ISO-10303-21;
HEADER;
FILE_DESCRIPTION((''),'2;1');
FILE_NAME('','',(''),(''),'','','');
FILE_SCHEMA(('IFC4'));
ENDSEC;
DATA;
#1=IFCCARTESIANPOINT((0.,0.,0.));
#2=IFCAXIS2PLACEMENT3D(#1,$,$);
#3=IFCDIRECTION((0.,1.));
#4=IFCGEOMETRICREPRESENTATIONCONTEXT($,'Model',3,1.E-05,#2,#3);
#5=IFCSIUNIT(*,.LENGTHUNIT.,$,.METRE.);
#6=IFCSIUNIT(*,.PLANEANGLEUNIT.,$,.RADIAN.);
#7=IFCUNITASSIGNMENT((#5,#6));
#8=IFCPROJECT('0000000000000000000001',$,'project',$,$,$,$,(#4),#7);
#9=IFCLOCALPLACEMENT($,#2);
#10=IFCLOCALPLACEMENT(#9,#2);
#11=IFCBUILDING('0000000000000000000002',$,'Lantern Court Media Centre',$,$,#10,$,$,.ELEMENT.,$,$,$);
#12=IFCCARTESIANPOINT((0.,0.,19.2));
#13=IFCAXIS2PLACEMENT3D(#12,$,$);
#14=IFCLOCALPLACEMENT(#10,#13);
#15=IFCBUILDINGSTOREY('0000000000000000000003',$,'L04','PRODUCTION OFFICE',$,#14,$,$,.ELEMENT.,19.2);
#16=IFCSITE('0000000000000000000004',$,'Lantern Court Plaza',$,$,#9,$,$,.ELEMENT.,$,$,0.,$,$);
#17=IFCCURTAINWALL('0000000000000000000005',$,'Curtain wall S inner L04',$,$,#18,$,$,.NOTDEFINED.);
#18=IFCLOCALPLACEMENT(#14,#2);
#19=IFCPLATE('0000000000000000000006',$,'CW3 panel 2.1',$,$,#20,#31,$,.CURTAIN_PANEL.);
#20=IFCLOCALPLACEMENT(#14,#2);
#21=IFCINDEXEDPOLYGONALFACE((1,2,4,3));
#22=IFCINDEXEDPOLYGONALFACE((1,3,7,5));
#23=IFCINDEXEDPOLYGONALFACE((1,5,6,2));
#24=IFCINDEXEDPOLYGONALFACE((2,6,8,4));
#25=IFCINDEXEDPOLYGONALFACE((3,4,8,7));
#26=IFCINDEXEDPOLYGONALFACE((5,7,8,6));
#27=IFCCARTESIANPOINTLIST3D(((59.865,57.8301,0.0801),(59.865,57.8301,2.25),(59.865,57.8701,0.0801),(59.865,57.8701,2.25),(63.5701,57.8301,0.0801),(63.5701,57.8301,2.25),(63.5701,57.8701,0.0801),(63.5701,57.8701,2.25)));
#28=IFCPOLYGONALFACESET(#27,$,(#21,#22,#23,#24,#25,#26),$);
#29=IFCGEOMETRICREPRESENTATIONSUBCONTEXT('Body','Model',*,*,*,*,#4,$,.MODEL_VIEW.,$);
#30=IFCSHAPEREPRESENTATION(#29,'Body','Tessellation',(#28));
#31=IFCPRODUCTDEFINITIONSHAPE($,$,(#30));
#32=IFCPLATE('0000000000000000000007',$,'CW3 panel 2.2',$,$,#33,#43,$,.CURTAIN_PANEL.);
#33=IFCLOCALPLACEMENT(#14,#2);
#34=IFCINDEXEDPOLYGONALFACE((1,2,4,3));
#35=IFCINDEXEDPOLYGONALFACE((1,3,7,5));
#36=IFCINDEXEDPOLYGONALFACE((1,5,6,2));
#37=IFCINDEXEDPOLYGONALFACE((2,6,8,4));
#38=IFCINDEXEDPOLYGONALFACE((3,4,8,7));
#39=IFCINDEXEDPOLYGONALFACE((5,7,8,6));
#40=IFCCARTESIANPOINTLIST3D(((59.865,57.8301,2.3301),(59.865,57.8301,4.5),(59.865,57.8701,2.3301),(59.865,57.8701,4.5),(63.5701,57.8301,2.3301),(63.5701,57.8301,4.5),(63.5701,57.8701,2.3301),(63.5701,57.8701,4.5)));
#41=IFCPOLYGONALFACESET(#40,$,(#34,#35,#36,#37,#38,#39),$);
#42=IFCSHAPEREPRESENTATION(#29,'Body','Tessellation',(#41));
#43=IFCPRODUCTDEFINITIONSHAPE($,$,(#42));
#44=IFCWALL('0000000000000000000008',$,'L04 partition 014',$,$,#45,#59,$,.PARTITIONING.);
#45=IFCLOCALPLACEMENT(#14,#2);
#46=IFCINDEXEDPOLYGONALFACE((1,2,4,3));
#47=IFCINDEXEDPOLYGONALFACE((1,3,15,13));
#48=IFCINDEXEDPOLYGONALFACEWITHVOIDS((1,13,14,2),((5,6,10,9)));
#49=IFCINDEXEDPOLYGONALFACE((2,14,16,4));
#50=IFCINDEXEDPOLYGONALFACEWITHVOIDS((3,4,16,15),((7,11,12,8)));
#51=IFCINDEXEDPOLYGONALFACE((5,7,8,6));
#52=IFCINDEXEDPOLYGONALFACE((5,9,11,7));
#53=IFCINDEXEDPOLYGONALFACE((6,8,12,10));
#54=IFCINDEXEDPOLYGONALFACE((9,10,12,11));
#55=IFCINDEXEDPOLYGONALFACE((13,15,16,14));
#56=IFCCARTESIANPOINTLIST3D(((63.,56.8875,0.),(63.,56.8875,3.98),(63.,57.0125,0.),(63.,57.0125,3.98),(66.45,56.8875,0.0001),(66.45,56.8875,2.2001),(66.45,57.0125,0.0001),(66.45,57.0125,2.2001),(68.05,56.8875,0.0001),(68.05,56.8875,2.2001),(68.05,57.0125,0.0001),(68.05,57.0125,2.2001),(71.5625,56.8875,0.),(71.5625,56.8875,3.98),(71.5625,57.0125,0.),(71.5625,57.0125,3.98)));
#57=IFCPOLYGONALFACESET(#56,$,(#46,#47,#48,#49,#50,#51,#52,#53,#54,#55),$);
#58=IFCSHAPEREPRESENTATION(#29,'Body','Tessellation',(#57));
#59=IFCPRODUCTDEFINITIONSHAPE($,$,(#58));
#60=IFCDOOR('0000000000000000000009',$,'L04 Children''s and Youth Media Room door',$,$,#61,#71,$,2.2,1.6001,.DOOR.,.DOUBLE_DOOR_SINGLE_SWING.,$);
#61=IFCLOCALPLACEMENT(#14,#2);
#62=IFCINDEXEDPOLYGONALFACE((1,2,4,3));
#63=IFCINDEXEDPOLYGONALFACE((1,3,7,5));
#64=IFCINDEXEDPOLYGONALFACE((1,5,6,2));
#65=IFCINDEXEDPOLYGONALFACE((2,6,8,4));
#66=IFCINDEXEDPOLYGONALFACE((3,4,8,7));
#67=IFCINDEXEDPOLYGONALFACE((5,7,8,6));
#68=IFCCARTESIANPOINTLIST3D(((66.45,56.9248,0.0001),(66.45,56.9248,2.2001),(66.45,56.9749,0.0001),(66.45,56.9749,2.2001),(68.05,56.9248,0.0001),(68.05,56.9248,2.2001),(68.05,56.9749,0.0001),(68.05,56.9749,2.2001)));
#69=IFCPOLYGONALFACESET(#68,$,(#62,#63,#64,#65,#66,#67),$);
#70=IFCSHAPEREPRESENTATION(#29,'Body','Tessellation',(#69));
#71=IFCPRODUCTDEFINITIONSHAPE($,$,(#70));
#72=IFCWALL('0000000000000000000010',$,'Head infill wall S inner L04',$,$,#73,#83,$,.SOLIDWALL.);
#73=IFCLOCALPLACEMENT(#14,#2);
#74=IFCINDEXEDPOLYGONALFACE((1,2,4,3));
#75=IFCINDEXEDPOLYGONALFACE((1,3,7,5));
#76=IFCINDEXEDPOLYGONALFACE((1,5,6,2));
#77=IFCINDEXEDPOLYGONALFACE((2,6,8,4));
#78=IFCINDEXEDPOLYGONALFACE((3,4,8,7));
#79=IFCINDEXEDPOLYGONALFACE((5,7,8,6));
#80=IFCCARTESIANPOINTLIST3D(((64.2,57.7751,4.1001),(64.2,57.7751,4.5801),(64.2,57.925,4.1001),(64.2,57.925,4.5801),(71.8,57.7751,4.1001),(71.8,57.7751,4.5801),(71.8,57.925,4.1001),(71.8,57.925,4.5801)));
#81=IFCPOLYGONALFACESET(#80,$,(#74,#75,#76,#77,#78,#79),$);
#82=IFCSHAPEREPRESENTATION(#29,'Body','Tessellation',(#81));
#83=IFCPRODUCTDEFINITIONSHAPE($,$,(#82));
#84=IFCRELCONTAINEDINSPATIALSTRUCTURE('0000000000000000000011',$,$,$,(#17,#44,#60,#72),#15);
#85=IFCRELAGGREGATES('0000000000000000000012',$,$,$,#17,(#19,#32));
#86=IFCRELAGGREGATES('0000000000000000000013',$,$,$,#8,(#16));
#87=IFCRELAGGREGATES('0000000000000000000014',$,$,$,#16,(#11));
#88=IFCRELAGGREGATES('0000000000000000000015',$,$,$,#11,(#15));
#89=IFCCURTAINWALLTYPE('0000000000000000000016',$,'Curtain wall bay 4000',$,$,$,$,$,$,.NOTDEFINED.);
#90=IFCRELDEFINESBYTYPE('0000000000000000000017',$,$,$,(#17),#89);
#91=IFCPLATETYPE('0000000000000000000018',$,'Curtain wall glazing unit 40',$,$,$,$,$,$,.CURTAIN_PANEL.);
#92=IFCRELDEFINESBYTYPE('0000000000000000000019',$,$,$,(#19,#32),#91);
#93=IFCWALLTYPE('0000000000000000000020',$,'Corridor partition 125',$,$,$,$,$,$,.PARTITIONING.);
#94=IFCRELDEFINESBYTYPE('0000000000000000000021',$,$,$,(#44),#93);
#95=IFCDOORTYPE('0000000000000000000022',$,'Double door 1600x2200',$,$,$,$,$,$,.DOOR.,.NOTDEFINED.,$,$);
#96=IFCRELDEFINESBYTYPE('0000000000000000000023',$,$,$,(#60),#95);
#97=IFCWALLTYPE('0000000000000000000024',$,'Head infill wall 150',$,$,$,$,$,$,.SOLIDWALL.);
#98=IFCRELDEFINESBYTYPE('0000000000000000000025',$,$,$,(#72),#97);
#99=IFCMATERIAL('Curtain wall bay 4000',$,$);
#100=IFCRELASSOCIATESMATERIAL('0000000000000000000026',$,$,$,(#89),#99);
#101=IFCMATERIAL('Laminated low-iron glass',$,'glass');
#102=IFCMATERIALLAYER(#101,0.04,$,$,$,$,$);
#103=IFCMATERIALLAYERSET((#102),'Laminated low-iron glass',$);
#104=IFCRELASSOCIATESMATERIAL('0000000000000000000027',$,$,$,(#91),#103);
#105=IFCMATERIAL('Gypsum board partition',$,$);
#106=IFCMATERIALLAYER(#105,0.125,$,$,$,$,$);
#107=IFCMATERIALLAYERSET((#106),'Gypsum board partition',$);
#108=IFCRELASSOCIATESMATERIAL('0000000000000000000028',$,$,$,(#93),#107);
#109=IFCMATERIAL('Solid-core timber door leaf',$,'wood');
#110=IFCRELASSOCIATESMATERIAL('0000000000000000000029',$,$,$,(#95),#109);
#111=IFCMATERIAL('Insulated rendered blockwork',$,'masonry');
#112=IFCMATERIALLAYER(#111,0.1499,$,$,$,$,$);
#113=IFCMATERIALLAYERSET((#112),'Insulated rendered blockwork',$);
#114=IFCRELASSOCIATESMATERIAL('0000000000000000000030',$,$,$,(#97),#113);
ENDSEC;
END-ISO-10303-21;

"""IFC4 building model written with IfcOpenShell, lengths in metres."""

from ifc_helpers import new_model, si_unit, direction, frame, frame_2d, origin, origin_2d, place, context, subcontext, project, spatial, rectangle, extrude, material, layer, layer_set, type_object, element, fill, aggregate, save


model = new_model("IFC4")

# Units and contexts
model_context = context("Model", 3, precision=1e-05, world=origin(), true_north=direction((0.0, 1.0)))
body_context = subcontext(model_context, "Body", "Model", "MODEL_VIEW")
ifc_project = project(units=[si_unit("LENGTHUNIT", "METRE"), si_unit("PLANEANGLEUNIT", "RADIAN")], contexts=[model_context])

# Site, building, storey
site_placement = place(None, origin())
site = spatial("IfcSite", under=ifc_project, at=site_placement, Name="Lantern Court Plaza", CompositionType="ELEMENT", RefElevation=0.0)
building_placement = place(site_placement, origin())
building = spatial("IfcBuilding", under=site, at=building_placement, Name="Lantern Court Media Centre", CompositionType="ELEMENT")
storey_placement = place(building_placement, frame((0.0, 0.0, 19.2)))
storey = spatial("IfcBuildingStorey", under=building, at=storey_placement, Name="L04", Description="PRODUCTION OFFICE", CompositionType="ELEMENT", Elevation=19.2)

# Curtain wall
ifc_material_1 = material(Name="Curtain wall bay 4000")
curtain_wall_type_1 = type_object("IfcCurtainWallType", Name="Curtain wall bay 4000", PredefinedType="NOTDEFINED", material=ifc_material_1)
curtain_wall_1_placement = place(storey_placement, origin())
curtain_wall_1 = element("IfcCurtainWall", 1, at=curtain_wall_1_placement, inside=storey, type_object=curtain_wall_type_1, Name="Curtain wall S inner L04", PredefinedType="NOTDEFINED")

# Plates
ifc_material_2 = material(Name="Laminated low-iron glass", Category="glass")
ifc_layer_1 = layer(ifc_material_2, 0.04)
ifc_layer_set_1 = layer_set([ifc_layer_1], Name="Laminated low-iron glass")
plate_type = type_object("IfcPlateType", Name="Curtain wall glazing unit 40", PredefinedType="CURTAIN_PANEL", material=ifc_layer_set_1)
plate_1_placement = place(storey_placement, frame((61.7175, 57.8501, 0.0801), z_axis=(0.0, 0.0, 1.0), x_axis=(1.0, 0.0, 0.0)))
plate_1 = element("IfcPlate", 2, at=plate_1_placement, type_object=plate_type, Name="CW3 panel 2.1", PredefinedType="CURTAIN_PANEL", context=body_context, shape_type="SweptSolid", body=[
    extrude(rectangle(XDim=3.7051, YDim=0.04, at=origin_2d()), origin(), (0.0, 0.0, 1.0), 2.1699),
])
plate_2_placement = place(storey_placement, frame((61.7175, 57.8501, 2.3301), z_axis=(0.0, 0.0, 1.0), x_axis=(1.0, 0.0, 0.0)))
plate_2 = element("IfcPlate", 3, at=plate_2_placement, type_object=plate_type, Name="CW3 panel 2.2", PredefinedType="CURTAIN_PANEL", context=body_context, shape_type="SweptSolid", body=[
    extrude(rectangle(XDim=3.7051, YDim=0.04, at=origin_2d()), origin(), (0.0, 0.0, 1.0), 2.1699),
])
aggregate(curtain_wall_1, [plate_1, plate_2])

# Wall, opening, door
ifc_material_3 = material(Name="Gypsum board partition")
ifc_layer_2 = layer(ifc_material_3, 0.125)
ifc_layer_set_2 = layer_set([ifc_layer_2], Name="Gypsum board partition")
wall_type_1 = type_object("IfcWallType", Name="Corridor partition 125", PredefinedType="PARTITIONING", material=ifc_layer_set_2)
wall_1_placement = place(storey_placement, frame((63.0, 56.95, 0.0), z_axis=(0.0, 0.0, 1.0), x_axis=(1.0, 0.0, 0.0)))
wall_1 = element("IfcWall", 4, at=wall_1_placement, inside=storey, type_object=wall_type_1, Name="L04 partition 014", PredefinedType="PARTITIONING", context=body_context, shape_type="SweptSolid", body=[
    extrude(rectangle(XDim=8.5625, YDim=0.125, at=frame_2d((4.2812, 0.0))), origin(), (0.0, 0.0, 1.0), 3.98),
])
opening_placement = place(wall_1_placement, frame((3.45, 0.0, 0.0)))
opening = element("IfcOpeningElement", 5, at=opening_placement, cuts=wall_1, PredefinedType="OPENING", context=body_context, shape_type="SweptSolid", body=[
    extrude(rectangle(XDim=1.6001, YDim=2.2, at=frame_2d((0.8, 1.1001))), frame((0.0, 0.0725, 0.0), z_axis=(0.0, -1.0, 0.0), x_axis=(1.0, 0.0, 0.0)), (0.0, 0.0, 1.0), 0.145),
])
ifc_material_4 = material(Name="Solid-core timber door leaf", Category="wood")
door_type = type_object("IfcDoorType", Name="Double door 1600x2200", OperationType="NOTDEFINED", PredefinedType="DOOR", material=ifc_material_4)
door_placement = place(opening_placement, origin())
door = element("IfcDoor", 6, at=door_placement, inside=storey, type_object=door_type, Name="L04 Children's and Youth Media Room door", OperationType="DOUBLE_DOOR_SINGLE_SWING", OverallHeight=2.2, OverallWidth=1.6001, PredefinedType="DOOR", context=body_context, shape_type="SweptSolid", body=[
    extrude(rectangle(XDim=1.6001, YDim=2.2, at=frame_2d((0.8, 1.1001))), frame((0.0, 0.0249, 0.0), z_axis=(0.0, -1.0, 0.0), x_axis=(1.0, 0.0, 0.0)), (0.0, 0.0, 1.0), 0.05),
])
fill(opening, door)

# Wall
ifc_material_5 = material(Name="Insulated rendered blockwork", Category="masonry")
ifc_layer_3 = layer(ifc_material_5, 0.1499)
ifc_layer_set_3 = layer_set([ifc_layer_3], Name="Insulated rendered blockwork")
wall_type_2 = type_object("IfcWallType", Name="Head infill wall 150", PredefinedType="SOLIDWALL", material=ifc_layer_set_3)
wall_2_placement = place(storey_placement, frame((64.2, 57.8501, 4.1001), z_axis=(0.0, 0.0, 1.0), x_axis=(1.0, 0.0, 0.0)))
element("IfcWall", 7, at=wall_2_placement, inside=storey, type_object=wall_type_2, Name="Head infill wall S inner L04", PredefinedType="SOLIDWALL", context=body_context, shape_type="SweptSolid", body=[
    extrude(rectangle(XDim=7.6001, YDim=0.1499, at=frame_2d((3.8, 0.0))), origin(), (0.0, 0.0, 1.0), 0.48),
])

save(model, "model.ifc")
